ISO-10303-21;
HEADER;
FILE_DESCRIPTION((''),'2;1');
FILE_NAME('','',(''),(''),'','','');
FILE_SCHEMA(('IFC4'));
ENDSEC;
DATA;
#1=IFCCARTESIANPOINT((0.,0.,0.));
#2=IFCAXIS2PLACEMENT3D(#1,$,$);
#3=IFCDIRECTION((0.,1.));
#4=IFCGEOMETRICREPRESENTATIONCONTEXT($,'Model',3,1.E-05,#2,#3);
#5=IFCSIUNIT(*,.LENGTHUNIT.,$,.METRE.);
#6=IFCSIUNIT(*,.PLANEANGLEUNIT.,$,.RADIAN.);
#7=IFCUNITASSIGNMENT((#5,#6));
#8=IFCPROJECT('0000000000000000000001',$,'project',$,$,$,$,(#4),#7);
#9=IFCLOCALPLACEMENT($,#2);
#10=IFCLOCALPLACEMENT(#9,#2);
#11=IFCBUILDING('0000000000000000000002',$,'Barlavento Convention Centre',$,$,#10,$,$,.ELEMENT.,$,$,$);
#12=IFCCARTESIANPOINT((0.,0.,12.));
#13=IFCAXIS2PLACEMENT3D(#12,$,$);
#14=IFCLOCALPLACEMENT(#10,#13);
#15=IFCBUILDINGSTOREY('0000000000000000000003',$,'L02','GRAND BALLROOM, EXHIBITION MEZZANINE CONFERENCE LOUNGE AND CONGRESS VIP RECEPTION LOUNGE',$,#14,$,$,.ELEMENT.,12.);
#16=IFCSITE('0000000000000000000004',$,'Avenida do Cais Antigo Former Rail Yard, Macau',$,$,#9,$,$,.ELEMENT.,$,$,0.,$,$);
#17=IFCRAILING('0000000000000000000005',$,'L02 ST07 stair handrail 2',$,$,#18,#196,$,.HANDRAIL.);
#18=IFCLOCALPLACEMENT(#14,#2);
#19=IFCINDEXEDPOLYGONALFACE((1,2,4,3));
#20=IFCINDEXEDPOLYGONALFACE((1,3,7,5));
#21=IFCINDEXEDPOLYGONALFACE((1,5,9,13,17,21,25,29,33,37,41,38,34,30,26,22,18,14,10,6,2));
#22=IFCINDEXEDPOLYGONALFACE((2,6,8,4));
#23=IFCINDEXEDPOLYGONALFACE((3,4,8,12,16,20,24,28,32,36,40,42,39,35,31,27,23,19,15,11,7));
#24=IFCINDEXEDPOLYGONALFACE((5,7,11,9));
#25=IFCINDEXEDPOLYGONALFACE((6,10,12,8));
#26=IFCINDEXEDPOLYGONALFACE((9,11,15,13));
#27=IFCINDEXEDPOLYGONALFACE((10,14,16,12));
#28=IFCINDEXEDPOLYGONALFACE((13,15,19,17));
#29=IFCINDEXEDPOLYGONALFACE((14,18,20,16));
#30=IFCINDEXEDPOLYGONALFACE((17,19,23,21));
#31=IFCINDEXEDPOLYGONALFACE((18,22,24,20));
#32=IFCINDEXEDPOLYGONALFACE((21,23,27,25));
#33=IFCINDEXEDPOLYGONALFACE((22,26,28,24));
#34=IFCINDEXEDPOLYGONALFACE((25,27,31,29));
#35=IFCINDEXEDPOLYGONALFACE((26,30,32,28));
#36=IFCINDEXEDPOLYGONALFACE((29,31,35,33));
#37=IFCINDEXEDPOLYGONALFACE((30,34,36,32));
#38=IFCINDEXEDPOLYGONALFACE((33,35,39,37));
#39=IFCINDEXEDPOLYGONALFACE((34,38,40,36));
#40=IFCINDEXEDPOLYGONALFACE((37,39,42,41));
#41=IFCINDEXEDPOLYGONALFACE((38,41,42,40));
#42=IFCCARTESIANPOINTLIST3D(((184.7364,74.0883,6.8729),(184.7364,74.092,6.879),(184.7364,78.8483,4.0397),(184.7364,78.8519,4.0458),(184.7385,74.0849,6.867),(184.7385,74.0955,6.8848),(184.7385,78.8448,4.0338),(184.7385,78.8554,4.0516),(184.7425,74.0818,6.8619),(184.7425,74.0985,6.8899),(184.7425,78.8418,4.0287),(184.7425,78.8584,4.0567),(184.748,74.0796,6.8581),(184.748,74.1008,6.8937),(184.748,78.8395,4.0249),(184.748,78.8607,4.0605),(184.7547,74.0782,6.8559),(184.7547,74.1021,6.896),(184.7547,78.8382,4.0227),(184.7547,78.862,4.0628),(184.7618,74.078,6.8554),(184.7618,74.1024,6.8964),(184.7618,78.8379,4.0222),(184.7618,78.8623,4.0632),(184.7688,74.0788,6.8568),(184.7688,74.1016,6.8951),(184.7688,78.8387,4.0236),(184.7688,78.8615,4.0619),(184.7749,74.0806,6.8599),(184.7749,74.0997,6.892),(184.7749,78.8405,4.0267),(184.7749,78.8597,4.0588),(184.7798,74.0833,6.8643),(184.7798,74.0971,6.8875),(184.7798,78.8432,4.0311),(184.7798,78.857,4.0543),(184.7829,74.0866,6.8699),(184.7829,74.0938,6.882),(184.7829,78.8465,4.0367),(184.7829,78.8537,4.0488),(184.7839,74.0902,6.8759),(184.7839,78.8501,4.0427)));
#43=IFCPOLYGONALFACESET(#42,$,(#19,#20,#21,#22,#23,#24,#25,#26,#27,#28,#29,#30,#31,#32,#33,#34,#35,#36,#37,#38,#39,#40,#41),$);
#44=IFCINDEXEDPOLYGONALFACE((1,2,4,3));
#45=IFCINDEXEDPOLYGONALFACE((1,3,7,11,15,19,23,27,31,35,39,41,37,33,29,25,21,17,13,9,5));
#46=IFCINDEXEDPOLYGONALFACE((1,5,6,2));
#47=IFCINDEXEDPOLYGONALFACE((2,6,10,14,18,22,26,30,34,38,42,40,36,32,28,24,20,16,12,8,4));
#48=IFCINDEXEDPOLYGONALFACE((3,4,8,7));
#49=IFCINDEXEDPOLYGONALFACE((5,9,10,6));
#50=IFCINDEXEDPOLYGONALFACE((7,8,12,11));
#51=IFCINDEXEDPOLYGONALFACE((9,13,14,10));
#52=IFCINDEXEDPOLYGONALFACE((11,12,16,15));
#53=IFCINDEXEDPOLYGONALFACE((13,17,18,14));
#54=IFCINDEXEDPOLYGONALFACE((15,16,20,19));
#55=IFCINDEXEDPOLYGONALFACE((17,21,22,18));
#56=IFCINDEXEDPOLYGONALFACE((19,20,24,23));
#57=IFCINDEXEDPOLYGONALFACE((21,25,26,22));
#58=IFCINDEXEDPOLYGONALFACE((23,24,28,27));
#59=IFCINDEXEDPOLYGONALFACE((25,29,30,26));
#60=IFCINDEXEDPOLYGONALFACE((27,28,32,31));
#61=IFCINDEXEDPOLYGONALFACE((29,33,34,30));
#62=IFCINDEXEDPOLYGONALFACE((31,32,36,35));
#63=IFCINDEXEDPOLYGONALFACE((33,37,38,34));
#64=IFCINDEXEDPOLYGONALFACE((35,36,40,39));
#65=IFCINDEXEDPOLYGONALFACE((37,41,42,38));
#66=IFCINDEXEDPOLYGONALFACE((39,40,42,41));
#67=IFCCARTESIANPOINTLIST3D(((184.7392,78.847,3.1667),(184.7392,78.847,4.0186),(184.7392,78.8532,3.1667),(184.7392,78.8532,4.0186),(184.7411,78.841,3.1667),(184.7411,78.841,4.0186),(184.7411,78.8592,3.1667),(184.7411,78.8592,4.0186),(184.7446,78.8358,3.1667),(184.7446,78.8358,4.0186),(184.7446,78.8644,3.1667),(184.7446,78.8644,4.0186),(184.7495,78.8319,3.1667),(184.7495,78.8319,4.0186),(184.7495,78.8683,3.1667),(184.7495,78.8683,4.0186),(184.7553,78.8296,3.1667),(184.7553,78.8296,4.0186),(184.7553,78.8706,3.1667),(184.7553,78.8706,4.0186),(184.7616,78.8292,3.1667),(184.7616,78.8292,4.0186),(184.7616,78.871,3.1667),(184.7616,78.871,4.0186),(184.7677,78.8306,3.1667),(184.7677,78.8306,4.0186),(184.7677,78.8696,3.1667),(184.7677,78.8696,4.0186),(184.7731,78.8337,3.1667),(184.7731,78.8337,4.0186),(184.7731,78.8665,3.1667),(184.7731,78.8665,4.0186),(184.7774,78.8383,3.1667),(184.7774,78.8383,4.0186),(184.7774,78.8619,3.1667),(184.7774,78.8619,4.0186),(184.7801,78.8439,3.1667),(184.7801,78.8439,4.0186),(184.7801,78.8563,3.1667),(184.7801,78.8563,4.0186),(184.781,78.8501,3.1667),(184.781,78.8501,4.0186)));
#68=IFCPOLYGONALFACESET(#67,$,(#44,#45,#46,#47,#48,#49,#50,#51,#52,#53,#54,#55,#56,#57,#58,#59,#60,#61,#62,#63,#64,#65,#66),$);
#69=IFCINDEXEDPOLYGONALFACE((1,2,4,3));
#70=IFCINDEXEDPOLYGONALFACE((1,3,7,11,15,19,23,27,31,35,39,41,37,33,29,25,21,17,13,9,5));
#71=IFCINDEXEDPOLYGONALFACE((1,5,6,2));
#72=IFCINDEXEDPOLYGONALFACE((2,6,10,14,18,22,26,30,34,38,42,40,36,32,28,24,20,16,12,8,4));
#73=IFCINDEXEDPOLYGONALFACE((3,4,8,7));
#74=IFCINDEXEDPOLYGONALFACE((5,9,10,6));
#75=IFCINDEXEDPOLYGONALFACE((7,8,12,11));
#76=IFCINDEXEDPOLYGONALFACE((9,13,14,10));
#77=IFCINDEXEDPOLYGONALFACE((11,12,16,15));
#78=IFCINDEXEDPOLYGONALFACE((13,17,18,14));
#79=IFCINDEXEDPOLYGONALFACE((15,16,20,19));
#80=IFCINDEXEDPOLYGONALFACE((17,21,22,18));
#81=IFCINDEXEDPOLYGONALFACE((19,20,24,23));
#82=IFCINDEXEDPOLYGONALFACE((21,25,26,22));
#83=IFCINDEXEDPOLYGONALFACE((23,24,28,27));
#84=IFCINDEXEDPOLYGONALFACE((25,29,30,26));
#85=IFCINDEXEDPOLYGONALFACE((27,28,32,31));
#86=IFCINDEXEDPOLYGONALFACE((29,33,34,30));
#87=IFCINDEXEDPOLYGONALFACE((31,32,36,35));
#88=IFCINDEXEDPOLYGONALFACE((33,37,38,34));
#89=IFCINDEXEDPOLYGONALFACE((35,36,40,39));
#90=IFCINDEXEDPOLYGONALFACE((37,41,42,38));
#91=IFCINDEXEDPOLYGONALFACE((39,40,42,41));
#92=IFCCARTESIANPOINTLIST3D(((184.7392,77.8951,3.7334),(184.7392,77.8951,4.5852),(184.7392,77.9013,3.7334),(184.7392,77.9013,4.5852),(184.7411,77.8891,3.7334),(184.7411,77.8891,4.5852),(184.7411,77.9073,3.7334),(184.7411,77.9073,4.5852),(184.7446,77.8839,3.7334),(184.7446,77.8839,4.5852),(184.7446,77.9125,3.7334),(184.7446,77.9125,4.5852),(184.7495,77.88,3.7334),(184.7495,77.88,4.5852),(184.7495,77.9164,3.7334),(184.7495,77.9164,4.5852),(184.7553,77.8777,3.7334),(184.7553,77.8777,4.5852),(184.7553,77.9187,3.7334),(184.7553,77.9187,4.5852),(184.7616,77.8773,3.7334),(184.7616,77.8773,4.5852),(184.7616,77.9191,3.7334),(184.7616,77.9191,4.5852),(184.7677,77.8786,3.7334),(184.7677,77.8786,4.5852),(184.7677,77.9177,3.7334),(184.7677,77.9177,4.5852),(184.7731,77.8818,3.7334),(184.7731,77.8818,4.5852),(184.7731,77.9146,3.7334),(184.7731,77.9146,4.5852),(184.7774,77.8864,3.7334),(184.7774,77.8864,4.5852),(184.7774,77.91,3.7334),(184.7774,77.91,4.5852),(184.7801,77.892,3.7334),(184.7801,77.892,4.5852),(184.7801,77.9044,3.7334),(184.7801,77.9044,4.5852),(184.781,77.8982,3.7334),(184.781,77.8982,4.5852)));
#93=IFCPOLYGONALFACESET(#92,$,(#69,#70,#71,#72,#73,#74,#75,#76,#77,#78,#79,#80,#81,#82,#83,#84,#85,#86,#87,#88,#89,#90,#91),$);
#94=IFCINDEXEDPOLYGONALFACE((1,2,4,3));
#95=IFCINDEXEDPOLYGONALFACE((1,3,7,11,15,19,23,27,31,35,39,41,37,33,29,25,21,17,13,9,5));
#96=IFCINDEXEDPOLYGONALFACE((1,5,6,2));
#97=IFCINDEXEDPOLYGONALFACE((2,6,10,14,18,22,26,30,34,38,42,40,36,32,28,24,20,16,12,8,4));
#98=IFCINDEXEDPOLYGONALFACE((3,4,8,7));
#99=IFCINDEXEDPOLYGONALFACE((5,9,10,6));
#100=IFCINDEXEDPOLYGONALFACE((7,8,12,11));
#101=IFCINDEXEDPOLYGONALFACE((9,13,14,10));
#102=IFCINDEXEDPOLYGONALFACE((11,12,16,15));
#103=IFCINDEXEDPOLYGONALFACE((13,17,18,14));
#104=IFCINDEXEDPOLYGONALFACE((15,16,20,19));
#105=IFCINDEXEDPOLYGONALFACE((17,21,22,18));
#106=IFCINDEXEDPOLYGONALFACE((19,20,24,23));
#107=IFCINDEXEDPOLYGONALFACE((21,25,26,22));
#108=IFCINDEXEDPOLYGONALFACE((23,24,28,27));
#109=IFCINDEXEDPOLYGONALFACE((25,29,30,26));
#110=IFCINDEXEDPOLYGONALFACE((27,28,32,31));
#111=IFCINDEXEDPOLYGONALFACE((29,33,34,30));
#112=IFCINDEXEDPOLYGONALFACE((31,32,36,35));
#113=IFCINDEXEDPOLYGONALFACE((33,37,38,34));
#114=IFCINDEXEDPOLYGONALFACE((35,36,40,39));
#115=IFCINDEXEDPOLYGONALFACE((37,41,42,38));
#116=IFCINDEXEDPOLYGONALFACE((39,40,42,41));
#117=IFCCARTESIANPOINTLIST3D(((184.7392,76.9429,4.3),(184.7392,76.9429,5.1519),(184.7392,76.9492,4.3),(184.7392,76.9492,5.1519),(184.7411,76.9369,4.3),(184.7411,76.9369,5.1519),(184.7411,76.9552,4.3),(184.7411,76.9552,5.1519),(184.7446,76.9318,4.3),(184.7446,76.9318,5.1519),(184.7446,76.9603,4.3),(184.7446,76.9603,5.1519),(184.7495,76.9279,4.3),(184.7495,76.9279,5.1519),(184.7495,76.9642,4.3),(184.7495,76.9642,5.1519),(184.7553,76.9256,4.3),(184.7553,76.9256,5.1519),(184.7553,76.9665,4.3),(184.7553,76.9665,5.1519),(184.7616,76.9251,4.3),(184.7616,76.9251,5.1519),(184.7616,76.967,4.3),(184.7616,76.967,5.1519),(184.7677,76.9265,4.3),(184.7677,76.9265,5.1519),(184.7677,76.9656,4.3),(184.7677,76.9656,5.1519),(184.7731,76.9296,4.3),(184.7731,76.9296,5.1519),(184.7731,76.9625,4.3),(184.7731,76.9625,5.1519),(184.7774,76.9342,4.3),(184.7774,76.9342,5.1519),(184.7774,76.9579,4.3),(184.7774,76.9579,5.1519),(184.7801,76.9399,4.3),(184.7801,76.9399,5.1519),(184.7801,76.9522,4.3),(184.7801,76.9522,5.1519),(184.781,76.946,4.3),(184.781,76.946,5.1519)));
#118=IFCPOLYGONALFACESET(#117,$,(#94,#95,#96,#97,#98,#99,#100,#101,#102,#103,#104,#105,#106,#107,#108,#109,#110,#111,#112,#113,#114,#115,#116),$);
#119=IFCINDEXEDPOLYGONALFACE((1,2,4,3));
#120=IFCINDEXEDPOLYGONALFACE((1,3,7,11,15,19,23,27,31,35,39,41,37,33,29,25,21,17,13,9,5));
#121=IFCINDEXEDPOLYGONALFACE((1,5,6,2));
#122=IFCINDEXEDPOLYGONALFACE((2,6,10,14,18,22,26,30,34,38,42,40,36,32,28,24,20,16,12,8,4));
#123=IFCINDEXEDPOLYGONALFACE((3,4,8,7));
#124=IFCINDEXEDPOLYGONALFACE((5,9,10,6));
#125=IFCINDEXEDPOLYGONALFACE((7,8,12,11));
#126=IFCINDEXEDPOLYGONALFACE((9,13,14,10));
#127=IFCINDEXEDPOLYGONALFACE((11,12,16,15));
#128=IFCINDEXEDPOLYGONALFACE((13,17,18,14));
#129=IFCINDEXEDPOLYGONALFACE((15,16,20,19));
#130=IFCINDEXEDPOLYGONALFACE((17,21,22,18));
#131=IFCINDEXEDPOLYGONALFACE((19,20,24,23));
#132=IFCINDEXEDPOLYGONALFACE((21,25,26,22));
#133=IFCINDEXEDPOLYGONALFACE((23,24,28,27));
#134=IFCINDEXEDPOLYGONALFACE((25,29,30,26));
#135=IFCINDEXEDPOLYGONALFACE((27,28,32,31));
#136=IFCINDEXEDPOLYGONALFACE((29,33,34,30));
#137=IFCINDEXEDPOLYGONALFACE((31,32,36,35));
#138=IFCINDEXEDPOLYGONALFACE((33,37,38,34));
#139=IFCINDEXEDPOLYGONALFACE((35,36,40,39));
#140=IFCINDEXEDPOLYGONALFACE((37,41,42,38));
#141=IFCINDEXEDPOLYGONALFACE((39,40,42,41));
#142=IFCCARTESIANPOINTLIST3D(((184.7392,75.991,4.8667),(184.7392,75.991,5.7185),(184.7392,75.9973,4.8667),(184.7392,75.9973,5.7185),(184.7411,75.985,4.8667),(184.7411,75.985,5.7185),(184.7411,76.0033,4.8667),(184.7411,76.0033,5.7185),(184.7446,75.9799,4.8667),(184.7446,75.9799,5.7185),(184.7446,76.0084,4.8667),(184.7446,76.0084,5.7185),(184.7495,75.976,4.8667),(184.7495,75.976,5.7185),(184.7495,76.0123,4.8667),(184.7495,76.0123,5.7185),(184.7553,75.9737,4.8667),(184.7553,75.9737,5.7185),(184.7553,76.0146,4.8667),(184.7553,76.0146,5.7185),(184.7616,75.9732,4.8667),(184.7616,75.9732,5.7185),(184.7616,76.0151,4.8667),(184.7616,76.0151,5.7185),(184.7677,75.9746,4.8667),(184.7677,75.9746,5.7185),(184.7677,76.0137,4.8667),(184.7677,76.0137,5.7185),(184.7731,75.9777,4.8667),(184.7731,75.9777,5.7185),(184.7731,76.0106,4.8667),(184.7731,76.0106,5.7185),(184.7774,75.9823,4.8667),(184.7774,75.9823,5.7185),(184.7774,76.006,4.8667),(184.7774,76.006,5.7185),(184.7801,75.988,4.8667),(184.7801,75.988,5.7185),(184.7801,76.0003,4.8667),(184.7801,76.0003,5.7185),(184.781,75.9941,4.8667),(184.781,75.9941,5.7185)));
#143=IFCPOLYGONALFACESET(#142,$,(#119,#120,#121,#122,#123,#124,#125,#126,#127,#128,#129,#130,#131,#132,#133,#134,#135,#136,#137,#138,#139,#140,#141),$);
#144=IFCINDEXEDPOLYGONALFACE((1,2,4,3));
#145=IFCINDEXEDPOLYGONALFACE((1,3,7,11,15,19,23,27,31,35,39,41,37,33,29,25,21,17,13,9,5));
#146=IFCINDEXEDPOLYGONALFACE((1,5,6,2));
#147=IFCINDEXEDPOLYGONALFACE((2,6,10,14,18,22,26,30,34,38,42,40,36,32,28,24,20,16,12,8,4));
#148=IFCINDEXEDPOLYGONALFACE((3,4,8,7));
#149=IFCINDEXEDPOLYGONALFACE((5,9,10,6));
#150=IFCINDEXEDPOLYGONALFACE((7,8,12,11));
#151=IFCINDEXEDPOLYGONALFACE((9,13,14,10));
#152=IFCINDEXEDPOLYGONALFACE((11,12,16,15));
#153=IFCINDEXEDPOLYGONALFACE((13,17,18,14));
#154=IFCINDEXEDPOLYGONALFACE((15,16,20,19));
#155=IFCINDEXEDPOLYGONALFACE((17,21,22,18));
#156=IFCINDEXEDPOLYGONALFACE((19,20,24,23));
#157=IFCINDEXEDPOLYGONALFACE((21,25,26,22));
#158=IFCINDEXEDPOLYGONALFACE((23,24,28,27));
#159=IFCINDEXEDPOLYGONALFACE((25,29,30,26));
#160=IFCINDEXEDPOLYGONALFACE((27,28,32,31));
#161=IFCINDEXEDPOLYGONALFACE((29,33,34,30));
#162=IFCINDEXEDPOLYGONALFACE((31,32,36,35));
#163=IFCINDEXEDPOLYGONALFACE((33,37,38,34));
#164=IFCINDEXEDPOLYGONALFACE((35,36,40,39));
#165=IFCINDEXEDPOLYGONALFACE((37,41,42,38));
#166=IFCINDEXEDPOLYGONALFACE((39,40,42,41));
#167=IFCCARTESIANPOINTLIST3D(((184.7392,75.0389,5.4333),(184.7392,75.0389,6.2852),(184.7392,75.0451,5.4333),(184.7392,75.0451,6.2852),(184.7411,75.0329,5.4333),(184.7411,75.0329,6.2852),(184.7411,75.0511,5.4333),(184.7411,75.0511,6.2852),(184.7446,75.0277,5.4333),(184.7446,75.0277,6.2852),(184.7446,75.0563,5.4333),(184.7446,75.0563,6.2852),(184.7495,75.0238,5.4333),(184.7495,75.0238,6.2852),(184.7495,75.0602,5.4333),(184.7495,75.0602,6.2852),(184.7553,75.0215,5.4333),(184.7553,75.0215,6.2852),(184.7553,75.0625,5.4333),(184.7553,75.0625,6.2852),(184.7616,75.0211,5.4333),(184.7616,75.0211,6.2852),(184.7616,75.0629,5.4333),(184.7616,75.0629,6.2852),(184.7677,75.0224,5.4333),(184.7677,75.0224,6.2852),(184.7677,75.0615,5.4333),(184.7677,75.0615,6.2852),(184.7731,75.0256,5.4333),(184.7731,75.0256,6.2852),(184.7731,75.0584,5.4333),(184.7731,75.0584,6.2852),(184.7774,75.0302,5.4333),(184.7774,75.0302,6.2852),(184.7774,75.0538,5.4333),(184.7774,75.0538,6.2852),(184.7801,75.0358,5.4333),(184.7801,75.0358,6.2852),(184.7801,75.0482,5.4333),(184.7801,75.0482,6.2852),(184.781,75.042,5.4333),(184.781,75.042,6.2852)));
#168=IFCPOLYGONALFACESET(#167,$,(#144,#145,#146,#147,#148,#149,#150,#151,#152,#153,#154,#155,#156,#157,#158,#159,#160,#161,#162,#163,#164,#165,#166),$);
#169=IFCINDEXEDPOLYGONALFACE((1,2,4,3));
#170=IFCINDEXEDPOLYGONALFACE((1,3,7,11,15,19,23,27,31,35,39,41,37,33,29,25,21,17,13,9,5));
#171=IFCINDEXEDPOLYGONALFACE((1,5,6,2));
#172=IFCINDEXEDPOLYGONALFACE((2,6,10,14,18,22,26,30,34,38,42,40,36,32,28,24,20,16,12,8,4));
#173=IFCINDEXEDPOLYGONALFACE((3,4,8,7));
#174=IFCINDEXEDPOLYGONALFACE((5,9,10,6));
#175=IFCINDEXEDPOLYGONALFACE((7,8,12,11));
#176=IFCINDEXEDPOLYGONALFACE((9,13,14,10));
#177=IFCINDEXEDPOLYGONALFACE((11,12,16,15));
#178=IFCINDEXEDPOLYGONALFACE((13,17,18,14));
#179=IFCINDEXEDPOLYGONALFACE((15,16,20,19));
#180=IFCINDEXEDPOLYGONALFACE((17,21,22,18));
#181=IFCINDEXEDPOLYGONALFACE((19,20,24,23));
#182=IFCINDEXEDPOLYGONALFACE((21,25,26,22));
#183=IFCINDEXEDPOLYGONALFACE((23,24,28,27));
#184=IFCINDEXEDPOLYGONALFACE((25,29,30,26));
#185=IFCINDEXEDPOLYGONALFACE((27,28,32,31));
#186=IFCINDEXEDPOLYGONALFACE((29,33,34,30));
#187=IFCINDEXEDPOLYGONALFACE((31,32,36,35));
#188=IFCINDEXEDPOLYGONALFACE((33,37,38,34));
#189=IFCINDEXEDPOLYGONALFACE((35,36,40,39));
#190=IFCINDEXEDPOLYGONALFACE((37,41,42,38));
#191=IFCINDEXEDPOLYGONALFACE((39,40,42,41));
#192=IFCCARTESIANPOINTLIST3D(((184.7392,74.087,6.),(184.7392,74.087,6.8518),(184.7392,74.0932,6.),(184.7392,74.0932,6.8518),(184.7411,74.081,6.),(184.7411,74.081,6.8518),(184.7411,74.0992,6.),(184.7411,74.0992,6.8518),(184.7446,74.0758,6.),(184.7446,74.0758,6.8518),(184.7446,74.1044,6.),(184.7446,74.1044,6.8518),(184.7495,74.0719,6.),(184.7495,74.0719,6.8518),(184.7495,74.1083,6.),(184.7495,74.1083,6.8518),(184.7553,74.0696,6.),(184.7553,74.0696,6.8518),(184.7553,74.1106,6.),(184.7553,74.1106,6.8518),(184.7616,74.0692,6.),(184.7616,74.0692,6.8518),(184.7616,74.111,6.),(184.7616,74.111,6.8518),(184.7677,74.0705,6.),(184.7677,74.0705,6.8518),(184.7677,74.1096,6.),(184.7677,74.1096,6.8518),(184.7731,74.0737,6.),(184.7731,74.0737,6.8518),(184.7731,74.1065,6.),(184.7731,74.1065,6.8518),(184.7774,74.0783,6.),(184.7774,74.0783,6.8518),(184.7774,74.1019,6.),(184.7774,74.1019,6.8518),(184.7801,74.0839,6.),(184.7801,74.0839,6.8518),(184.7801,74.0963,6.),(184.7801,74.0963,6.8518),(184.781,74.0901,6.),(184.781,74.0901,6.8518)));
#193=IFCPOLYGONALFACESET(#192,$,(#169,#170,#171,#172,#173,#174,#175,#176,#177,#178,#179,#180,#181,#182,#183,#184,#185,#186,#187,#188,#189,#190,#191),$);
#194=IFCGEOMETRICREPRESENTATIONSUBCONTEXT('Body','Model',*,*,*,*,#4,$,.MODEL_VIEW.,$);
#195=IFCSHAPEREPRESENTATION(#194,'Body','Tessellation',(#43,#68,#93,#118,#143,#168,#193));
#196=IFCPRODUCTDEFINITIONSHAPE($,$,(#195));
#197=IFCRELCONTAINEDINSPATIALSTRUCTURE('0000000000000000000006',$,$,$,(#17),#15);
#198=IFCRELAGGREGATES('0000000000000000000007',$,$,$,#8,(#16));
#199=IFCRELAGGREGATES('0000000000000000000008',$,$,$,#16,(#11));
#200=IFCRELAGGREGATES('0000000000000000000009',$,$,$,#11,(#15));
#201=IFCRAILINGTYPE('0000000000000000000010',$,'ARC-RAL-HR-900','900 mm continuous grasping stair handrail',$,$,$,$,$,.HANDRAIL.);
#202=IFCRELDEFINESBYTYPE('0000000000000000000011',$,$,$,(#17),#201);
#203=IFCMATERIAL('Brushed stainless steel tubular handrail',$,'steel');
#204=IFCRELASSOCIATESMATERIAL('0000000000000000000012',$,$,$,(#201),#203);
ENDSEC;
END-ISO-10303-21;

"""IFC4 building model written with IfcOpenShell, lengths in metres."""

from ifc_helpers import new_model, si_unit, direction, frame, origin, origin_2d, place, context, subcontext, project, spatial, circle, extrude, material, type_object, element, save


model = new_model("IFC4")

# Units and contexts
model_context = context("Model", 3, precision=1e-05, world=origin(), true_north=direction((0.0, 1.0)))
body_context = subcontext(model_context, "Body", "Model", "MODEL_VIEW")
ifc_project = project(units=[si_unit("LENGTHUNIT", "METRE"), si_unit("PLANEANGLEUNIT", "RADIAN")], contexts=[model_context])

# Site, building, storey
site_placement = place(None, origin())
site = spatial("IfcSite", under=ifc_project, at=site_placement, Name="Avenida do Cais Antigo Former Rail Yard, Macau", CompositionType="ELEMENT", RefElevation=0.0)
building_placement = place(site_placement, origin())
building = spatial("IfcBuilding", under=site, at=building_placement, Name="Barlavento Convention Centre", CompositionType="ELEMENT")
storey_placement = place(building_placement, frame((0.0, 0.0, 12.0)))
storey = spatial("IfcBuildingStorey", under=building, at=storey_placement, Name="L02", Description="GRAND BALLROOM, EXHIBITION MEZZANINE CONFERENCE LOUNGE AND CONGRESS VIP RECEPTION LOUNGE", CompositionType="ELEMENT", Elevation=12.0)

# Railing
ifc_material_1 = material(Name="Brushed stainless steel tubular handrail", Category="steel")
railing_type_1 = type_object("IfcRailingType", Name="ARC-RAL-HR-900", Description="900 mm continuous grasping stair handrail", PredefinedType="HANDRAIL", material=ifc_material_1)
railing_1_placement = place(storey_placement, frame((184.76, 78.8501, 3.1667)))
element("IfcRailing", 1, at=railing_1_placement, inside=storey, type_object=railing_type_1, Name="L02 ST07 stair handrail 2", PredefinedType="HANDRAIL", context=body_context, shape_type="SweptSolid", body=[
    extrude(circle(Radius=0.0239, at=origin_2d()), frame((0.0, 0.0, 0.876), z_axis=(0.0, -0.8593, 0.511472), x_axis=(1.0, 0.0, 0.0)), (0.0, 0.0, 1.0), 5.5393),
    extrude(circle(Radius=0.021, at=origin_2d()), origin(), (0.0, 0.0, 1.0), 0.8518),
    extrude(circle(Radius=0.021, at=origin_2d()), frame((0.0, -0.9519, 0.5667)), (0.0, 0.0, 1.0), 0.8518),
    extrude(circle(Radius=0.021, at=origin_2d()), frame((0.0, -1.9041, 1.1333)), (0.0, 0.0, 1.0), 0.8518),
    extrude(circle(Radius=0.021, at=origin_2d()), frame((0.0, -2.856, 1.7)), (0.0, 0.0, 1.0), 0.8518),
    extrude(circle(Radius=0.021, at=origin_2d()), frame((0.0, -3.8081, 2.2666)), (0.0, 0.0, 1.0), 0.8518),
    extrude(circle(Radius=0.021, at=origin_2d()), frame((0.0, -4.76, 2.8333)), (0.0, 0.0, 1.0), 0.8518),
])

save(model, "model.ifc")
